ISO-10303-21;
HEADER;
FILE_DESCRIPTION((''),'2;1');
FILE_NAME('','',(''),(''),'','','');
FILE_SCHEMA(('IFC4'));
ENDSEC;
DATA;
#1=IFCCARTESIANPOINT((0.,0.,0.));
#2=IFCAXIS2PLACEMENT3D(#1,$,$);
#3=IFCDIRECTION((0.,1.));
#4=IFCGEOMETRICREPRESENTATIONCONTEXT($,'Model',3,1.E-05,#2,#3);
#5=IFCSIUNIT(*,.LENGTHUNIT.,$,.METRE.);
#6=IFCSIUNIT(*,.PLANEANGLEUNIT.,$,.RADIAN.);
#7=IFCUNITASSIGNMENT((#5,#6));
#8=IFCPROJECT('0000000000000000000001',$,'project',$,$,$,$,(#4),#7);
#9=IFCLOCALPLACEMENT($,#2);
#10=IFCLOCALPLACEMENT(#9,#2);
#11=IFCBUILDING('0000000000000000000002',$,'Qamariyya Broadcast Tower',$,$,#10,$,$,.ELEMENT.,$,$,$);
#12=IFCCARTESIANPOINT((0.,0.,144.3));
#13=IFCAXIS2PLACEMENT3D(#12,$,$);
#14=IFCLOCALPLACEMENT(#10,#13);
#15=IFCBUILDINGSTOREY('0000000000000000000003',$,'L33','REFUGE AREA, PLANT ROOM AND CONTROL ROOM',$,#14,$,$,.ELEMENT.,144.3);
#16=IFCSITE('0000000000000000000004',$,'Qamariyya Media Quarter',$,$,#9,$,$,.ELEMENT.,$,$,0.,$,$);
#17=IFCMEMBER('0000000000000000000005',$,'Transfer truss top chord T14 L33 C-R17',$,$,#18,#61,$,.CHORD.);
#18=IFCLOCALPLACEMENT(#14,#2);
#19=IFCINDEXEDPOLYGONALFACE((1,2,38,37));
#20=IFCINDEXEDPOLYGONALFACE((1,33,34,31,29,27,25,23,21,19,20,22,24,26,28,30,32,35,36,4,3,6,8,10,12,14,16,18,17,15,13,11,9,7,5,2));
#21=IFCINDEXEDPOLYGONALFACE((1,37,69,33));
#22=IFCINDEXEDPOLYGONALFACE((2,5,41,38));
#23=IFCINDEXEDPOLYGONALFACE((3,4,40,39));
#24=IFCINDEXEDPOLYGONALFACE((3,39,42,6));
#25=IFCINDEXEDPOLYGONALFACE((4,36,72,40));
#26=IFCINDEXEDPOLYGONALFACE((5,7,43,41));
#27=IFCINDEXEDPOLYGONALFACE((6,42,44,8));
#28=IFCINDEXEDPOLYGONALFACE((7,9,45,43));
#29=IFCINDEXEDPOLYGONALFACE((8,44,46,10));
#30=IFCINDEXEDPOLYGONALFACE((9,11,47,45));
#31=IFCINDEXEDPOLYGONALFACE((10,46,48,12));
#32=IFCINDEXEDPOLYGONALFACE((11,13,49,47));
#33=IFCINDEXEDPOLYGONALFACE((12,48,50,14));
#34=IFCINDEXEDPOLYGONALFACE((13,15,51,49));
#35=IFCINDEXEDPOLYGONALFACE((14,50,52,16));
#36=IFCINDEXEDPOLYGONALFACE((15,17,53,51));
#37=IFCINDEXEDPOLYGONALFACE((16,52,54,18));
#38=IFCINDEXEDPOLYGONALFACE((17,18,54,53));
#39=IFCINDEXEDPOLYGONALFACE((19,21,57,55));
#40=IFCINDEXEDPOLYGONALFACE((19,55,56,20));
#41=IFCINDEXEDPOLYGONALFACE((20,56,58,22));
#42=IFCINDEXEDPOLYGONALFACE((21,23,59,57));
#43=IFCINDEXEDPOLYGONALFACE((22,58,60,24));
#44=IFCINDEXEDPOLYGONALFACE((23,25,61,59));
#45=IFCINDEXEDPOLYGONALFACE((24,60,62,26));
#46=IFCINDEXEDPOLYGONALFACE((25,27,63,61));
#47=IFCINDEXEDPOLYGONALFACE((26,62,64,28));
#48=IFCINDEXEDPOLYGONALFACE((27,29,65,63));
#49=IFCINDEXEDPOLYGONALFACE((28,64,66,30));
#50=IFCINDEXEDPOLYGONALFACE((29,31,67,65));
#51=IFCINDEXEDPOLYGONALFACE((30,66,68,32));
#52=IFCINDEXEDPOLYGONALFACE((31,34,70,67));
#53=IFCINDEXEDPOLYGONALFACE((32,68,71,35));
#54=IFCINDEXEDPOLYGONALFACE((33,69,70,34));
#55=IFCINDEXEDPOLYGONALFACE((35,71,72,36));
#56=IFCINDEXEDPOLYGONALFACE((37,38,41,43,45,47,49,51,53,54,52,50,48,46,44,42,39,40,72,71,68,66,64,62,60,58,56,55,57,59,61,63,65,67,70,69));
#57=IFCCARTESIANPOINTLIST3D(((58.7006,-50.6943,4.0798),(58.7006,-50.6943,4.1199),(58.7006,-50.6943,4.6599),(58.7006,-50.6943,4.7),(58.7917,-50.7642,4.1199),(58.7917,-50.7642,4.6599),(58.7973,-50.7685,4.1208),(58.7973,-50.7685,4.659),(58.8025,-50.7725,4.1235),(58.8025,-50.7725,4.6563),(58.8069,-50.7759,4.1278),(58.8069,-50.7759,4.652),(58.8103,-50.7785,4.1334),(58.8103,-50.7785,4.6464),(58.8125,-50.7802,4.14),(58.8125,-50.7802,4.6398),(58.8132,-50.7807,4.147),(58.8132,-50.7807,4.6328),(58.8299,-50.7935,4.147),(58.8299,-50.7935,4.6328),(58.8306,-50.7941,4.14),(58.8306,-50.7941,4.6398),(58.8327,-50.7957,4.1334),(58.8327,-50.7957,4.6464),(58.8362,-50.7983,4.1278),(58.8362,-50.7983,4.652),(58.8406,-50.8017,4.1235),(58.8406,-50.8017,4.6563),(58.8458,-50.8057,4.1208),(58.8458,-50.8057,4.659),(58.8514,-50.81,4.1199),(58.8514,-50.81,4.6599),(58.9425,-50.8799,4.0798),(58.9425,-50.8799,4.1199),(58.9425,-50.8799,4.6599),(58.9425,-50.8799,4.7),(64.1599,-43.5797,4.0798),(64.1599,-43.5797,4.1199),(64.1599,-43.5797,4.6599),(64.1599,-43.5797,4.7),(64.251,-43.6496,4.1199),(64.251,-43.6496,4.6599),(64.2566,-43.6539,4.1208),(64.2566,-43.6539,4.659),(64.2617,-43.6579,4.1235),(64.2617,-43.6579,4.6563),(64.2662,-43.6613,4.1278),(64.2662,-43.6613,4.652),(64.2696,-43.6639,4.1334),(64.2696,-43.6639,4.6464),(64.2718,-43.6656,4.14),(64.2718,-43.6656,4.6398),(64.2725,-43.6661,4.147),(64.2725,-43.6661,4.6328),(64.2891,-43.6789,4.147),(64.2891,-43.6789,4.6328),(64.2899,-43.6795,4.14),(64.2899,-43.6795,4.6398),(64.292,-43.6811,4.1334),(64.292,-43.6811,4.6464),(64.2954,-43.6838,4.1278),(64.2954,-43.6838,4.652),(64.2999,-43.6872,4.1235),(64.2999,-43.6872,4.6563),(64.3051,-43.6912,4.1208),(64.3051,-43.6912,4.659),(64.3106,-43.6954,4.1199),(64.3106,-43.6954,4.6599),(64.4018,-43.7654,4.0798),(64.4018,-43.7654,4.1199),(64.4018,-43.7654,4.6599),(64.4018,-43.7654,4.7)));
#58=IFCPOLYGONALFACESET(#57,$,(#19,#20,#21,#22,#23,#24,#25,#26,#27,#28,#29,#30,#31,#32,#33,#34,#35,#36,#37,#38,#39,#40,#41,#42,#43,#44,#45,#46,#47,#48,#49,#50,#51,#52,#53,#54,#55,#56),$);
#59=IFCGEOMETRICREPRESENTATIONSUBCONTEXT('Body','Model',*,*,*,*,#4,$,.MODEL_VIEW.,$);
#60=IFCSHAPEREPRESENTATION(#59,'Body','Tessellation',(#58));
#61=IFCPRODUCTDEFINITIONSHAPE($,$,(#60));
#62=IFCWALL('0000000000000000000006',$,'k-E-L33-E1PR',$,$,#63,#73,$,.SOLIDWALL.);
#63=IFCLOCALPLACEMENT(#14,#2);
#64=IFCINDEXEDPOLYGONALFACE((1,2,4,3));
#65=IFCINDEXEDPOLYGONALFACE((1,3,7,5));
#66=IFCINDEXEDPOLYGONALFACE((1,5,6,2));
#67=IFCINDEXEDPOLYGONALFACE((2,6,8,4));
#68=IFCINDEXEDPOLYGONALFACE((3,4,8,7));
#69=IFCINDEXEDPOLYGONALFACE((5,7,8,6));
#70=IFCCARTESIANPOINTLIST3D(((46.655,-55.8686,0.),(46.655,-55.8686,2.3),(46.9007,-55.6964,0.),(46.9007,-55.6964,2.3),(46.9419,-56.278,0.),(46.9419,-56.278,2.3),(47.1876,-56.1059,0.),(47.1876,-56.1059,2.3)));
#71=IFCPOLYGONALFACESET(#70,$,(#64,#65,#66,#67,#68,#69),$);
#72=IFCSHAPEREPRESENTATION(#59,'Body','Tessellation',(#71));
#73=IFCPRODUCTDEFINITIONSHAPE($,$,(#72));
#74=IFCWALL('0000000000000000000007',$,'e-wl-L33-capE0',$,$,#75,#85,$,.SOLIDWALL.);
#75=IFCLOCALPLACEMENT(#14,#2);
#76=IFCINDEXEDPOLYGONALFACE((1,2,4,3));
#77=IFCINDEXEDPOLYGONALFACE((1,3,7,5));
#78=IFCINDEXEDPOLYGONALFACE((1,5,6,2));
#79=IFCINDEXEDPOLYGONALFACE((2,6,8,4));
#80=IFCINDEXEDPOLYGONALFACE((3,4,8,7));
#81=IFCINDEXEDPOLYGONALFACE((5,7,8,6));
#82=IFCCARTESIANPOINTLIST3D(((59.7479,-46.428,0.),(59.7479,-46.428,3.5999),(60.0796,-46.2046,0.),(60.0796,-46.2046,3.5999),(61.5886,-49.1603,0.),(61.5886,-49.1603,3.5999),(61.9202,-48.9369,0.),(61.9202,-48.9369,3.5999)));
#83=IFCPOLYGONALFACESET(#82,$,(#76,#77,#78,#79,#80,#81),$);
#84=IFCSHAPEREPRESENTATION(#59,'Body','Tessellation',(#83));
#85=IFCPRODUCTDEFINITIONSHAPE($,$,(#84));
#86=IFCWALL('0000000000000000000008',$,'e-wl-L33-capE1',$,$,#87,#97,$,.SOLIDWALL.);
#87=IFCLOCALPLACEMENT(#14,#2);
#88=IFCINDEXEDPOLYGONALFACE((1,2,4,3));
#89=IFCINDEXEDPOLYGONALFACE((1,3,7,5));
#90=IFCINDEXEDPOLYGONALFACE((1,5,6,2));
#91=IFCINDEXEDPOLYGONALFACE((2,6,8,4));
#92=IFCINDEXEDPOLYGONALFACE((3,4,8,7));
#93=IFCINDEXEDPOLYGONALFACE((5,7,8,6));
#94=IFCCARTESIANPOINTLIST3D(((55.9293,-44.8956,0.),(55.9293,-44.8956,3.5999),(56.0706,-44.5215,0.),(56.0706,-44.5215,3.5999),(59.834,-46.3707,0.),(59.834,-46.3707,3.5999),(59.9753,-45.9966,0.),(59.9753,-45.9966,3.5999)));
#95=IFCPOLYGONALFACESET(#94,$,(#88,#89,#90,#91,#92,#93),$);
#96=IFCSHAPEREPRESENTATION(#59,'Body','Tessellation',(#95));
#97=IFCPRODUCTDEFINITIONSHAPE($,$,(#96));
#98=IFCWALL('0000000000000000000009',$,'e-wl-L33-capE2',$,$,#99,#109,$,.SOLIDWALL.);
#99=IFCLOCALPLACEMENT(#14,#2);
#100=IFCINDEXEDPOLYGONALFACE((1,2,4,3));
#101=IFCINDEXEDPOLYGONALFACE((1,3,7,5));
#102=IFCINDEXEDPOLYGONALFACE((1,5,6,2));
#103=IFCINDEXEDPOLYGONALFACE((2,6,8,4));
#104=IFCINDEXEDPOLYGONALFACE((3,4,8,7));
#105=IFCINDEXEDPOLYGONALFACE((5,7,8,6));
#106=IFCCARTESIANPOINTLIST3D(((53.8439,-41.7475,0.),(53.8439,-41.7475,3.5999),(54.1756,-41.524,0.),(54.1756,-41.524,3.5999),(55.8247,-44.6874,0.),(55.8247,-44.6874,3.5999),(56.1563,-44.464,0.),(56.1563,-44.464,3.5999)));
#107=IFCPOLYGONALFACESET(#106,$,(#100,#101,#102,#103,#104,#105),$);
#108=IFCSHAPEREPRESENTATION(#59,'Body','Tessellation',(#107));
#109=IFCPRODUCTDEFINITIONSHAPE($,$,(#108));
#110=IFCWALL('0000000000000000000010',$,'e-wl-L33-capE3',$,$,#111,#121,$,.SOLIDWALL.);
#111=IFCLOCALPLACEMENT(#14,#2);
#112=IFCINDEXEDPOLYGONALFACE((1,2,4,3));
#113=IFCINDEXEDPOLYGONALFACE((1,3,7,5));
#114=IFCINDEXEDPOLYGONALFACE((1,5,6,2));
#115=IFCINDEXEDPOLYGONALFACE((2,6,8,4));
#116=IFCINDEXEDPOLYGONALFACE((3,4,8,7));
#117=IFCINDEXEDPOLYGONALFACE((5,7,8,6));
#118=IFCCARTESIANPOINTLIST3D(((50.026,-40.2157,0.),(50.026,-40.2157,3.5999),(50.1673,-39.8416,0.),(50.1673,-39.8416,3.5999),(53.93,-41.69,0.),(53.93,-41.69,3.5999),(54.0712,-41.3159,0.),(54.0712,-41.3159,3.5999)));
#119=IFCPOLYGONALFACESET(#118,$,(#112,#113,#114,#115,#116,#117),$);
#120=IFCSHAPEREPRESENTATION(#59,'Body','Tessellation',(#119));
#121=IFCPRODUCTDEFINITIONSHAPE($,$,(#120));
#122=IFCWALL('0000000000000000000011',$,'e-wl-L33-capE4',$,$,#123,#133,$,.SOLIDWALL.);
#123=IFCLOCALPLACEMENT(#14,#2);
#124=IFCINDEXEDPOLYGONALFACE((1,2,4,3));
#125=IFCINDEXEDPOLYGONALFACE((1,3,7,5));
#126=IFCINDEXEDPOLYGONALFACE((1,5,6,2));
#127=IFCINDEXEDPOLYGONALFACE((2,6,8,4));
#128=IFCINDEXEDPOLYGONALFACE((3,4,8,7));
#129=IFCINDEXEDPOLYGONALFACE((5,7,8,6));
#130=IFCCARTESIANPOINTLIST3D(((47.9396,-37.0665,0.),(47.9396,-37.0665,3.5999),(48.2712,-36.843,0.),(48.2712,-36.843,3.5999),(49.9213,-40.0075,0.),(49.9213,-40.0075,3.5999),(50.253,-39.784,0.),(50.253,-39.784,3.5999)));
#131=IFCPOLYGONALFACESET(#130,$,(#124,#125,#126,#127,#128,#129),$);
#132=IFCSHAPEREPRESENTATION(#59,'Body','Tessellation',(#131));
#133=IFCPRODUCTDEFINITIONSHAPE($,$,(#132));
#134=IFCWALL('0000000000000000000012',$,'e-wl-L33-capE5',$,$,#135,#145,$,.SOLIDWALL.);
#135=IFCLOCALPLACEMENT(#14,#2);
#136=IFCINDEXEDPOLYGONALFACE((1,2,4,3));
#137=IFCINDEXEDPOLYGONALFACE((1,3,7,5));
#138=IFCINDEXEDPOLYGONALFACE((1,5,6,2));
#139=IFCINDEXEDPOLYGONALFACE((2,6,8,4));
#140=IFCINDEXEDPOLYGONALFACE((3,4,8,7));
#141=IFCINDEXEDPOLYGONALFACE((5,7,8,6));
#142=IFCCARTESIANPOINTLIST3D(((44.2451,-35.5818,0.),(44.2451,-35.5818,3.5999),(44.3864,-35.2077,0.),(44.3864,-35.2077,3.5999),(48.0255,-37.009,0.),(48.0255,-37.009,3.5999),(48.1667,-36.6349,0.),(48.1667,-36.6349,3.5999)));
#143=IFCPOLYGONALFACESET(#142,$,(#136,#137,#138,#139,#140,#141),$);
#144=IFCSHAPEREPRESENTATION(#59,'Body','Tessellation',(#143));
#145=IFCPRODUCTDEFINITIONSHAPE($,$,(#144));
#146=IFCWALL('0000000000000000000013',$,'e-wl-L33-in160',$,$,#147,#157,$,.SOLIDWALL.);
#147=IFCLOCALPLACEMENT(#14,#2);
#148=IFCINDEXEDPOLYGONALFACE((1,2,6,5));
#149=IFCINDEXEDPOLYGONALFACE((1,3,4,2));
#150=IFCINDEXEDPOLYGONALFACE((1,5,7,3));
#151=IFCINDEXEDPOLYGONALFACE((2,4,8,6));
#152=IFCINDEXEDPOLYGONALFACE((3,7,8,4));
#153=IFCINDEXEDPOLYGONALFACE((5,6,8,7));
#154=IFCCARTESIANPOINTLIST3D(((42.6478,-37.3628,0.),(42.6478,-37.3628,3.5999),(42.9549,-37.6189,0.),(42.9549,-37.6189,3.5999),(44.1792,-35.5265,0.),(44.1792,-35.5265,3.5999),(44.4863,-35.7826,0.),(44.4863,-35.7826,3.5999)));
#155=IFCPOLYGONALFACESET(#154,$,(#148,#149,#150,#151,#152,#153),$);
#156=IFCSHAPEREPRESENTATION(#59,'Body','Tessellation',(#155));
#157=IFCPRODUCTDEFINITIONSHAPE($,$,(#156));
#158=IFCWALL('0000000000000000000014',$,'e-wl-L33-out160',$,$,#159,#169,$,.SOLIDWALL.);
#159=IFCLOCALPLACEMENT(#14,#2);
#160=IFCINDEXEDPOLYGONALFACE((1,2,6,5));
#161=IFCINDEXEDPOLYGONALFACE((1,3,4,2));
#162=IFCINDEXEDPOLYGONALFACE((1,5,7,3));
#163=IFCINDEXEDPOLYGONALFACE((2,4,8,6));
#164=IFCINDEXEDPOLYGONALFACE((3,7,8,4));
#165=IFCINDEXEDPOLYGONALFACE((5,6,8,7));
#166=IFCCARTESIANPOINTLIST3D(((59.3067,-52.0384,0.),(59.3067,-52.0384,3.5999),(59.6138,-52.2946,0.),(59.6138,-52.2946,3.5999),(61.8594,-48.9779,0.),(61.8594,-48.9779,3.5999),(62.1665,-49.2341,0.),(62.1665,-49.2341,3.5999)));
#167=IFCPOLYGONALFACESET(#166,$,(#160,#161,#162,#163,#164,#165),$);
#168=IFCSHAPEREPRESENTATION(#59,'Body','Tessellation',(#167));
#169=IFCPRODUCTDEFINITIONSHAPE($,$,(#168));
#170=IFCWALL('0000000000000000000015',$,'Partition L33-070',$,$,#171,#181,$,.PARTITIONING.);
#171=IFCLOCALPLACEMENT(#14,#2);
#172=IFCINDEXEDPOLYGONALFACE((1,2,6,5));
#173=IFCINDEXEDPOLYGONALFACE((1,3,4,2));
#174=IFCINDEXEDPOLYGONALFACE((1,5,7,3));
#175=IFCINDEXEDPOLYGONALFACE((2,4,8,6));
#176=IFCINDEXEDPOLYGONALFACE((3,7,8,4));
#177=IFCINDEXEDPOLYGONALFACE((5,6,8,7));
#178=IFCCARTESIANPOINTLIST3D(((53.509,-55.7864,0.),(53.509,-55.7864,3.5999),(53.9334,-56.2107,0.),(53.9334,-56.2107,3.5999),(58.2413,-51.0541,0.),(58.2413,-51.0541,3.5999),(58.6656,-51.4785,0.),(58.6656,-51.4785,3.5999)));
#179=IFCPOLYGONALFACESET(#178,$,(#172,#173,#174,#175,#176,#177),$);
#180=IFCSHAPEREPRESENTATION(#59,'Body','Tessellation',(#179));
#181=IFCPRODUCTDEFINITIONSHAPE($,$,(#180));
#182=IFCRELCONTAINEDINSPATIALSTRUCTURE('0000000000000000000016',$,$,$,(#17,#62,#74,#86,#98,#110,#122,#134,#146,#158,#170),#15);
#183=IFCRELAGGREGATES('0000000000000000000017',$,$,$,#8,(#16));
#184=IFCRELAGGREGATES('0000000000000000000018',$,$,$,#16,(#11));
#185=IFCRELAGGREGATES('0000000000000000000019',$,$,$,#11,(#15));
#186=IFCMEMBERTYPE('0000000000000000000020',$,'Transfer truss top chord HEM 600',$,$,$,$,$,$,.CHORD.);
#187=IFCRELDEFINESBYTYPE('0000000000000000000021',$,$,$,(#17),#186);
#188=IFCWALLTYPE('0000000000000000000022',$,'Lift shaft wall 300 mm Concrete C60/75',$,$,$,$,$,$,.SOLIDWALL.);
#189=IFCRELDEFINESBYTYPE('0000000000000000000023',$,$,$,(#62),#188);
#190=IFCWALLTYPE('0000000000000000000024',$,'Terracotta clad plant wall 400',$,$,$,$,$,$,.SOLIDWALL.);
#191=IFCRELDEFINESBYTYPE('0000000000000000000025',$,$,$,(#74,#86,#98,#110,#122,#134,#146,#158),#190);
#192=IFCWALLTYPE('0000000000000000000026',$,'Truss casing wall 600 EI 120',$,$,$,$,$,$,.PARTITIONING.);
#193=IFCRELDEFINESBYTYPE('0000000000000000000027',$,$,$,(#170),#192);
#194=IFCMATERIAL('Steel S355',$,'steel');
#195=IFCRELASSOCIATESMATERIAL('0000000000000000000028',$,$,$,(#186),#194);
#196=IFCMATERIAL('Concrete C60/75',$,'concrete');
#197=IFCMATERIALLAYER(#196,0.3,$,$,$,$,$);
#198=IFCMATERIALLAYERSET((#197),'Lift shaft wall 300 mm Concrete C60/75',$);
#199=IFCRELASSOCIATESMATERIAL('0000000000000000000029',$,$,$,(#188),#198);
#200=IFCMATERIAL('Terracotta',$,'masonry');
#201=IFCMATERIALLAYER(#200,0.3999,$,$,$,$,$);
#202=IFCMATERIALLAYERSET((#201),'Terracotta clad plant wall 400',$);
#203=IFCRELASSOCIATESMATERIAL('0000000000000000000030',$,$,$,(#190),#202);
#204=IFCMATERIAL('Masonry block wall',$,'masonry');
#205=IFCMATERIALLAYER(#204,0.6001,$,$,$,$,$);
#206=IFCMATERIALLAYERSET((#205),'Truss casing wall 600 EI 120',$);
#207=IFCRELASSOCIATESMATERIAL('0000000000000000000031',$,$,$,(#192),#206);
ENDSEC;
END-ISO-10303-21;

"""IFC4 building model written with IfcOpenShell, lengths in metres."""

from ifc_helpers import new_model, si_unit, direction, frame, frame_2d, origin, origin_2d, place, context, subcontext, project, spatial, rectangle, i_section, extrude, material, layer, layer_set, material_profile, profile_set, type_object, element, save


model = new_model("IFC4")

# Units and contexts
model_context = context("Model", 3, precision=1e-05, world=origin(), true_north=direction((0.0, 1.0)))
body_context = subcontext(model_context, "Body", "Model", "MODEL_VIEW")
ifc_project = project(units=[si_unit("LENGTHUNIT", "METRE"), si_unit("PLANEANGLEUNIT", "RADIAN")], contexts=[model_context])

# Site, building, storey
site_placement = place(None, origin())
site = spatial("IfcSite", under=ifc_project, at=site_placement, Name="Qamariyya Media Quarter", CompositionType="ELEMENT", RefElevation=0.0)
building_placement = place(site_placement, origin())
building = spatial("IfcBuilding", under=site, at=building_placement, Name="Qamariyya Broadcast Tower", CompositionType="ELEMENT")
storey_placement = place(building_placement, frame((0.0, 0.0, 144.3)))
storey = spatial("IfcBuildingStorey", under=building, at=storey_placement, Name="L33", Description="REFUGE AREA, PLANT ROOM AND CONTROL ROOM", CompositionType="ELEMENT", Elevation=144.3)

# Member
ifc_material_1 = material(Name="Steel S355", Category="steel")
ifc_material_profile_1 = material_profile(ifc_material_1, i_section(OverallWidth=0.3049, OverallDepth=0.6201, WebThickness=0.021, FlangeThickness=0.04, FilletRadius=0.0271, at=origin_2d()))
ifc_profile_set_1 = profile_set([ifc_material_profile_1], Name="Steel S355")
member_type_1 = type_object("IfcMemberType", Name="Transfer truss top chord HEM 600", PredefinedType="CHORD", material=ifc_profile_set_1)
member_1_placement = place(storey_placement, frame((58.8215, -50.7871, 4.3899), z_axis=(0.608767, 0.793349, 0.0), x_axis=(-0.793349, 0.608767, 0.0)))
element("IfcMember", 1, at=member_1_placement, inside=storey, type_object=member_type_1, Name="Transfer truss top chord T14 L33 C-R17", PredefinedType="CHORD", context=body_context, shape_type="SweptSolid", body=[
    extrude(i_section(OverallWidth=0.3049, OverallDepth=0.6201, WebThickness=0.021, FlangeThickness=0.04, FilletRadius=0.0271, at=origin_2d()), origin(), (0.0, 0.0, 1.0), 8.9678),
])

# Walls
ifc_material_2 = material(Name="Concrete C60/75", Category="concrete")
ifc_layer_1 = layer(ifc_material_2, 0.3)
ifc_layer_set_1 = layer_set([ifc_layer_1], Name="Lift shaft wall 300 mm Concrete C60/75")
wall_type_1 = type_object("IfcWallType", Name="Lift shaft wall 300 mm Concrete C60/75", PredefinedType="SOLIDWALL", material=ifc_layer_set_1)
wall_1_placement = place(storey_placement, frame((46.7778, -55.7825, 0.0), z_axis=(0.0, 0.0, 1.0), x_axis=(0.573823, -0.818979, 0.0)))
element("IfcWall", 2, at=wall_1_placement, inside=storey, type_object=wall_type_1, Name="k-E-L33-E1PR", PredefinedType="SOLIDWALL", context=body_context, shape_type="SweptSolid", body=[
    extrude(rectangle(XDim=0.5, YDim=0.3, at=frame_2d((0.25, 0.0))), origin(), (0.0, 0.0, 1.0), 2.3),
])
ifc_material_3 = material(Name="Terracotta", Category="masonry")
ifc_layer_2 = layer(ifc_material_3, 0.3999)
ifc_layer_set_2 = layer_set([ifc_layer_2], Name="Terracotta clad plant wall 400")
wall_type_2 = type_object("IfcWallType", Name="Terracotta clad plant wall 400", PredefinedType="SOLIDWALL", material=ifc_layer_set_2)
wall_2_placement = place(storey_placement, frame((61.7544, -49.0486, 0.0), z_axis=(0.0, 0.0, 1.0), x_axis=(-0.558713, 0.829361, 0.0)))
element("IfcWall", 3, at=wall_2_placement, inside=storey, type_object=wall_type_2, Name="e-wl-L33-capE0", PredefinedType="SOLIDWALL", context=body_context, shape_type="SweptSolid", body=[
    extrude(rectangle(XDim=3.2944, YDim=0.3999, at=frame_2d((1.6472, 0.0))), origin(), (0.0, 0.0, 1.0), 3.5999),
])
wall_3_placement = place(storey_placement, frame((59.9045, -46.1836, 0.0), z_axis=(0.0, 0.0, 1.0), x_axis=(-0.935476, 0.353391, 0.0)))
element("IfcWall", 4, at=wall_3_placement, inside=storey, type_object=wall_type_2, Name="e-wl-L33-capE1", PredefinedType="SOLIDWALL", context=body_context, shape_type="SweptSolid", body=[
    extrude(rectangle(XDim=4.1741, YDim=0.3999, at=frame_2d((2.0869, 0.0))), origin(), (0.0, 0.0, 1.0), 3.5999),
])
wall_4_placement = place(storey_placement, frame((55.9905, -44.5757, 0.0), z_axis=(0.0, 0.0, 1.0), x_axis=(-0.558746, 0.829339, 0.0)))
element("IfcWall", 5, at=wall_4_placement, inside=storey, type_object=wall_type_2, Name="e-wl-L33-capE2", PredefinedType="SOLIDWALL", context=body_context, shape_type="SweptSolid", body=[
    extrude(rectangle(XDim=3.5449, YDim=0.3999, at=frame_2d((1.7725, 0.0))), origin(), (0.0, 0.0, 1.0), 3.5999),
])
wall_5_placement = place(storey_placement, frame((54.0005, -41.5029, 0.0), z_axis=(0.0, 0.0, 1.0), x_axis=(-0.935512, 0.353296, 0.0)))
element("IfcWall", 6, at=wall_5_placement, inside=storey, type_object=wall_type_2, Name="e-wl-L33-capE3", PredefinedType="SOLIDWALL", context=body_context, shape_type="SweptSolid", body=[
    extrude(rectangle(XDim=4.1731, YDim=0.3999, at=frame_2d((2.0864, 0.0))), origin(), (0.0, 0.0, 1.0), 3.5999),
])
wall_6_placement = place(storey_placement, frame((50.0872, -39.8958, 0.0), z_axis=(0.0, 0.0, 1.0), x_axis=(-0.558808, 0.829297, 0.0)))
element("IfcWall", 7, at=wall_6_placement, inside=storey, type_object=wall_type_2, Name="e-wl-L33-capE4", PredefinedType="SOLIDWALL", context=body_context, shape_type="SweptSolid", body=[
    extrude(rectangle(XDim=3.5464, YDim=0.3999, at=frame_2d((1.7732, 0.0))), origin(), (0.0, 0.0, 1.0), 3.5999),
])
wall_7_placement = place(storey_placement, frame((48.0962, -36.822, 0.0), z_axis=(0.0, 0.0, 1.0), x_axis=(-0.935542, 0.353215, 0.0)))
element("IfcWall", 8, at=wall_7_placement, inside=storey, type_object=wall_type_2, Name="e-wl-L33-capE5", PredefinedType="SOLIDWALL", context=body_context, shape_type="SweptSolid", body=[
    extrude(rectangle(XDim=4.0408, YDim=0.3999, at=frame_2d((2.0205, 0.0))), origin(), (0.0, 0.0, 1.0), 3.5999),
])
wall_8_placement = place(storey_placement, frame((44.3328, -35.6545, 0.0), z_axis=(0.0, 0.0, 1.0), x_axis=(-0.640466, -0.767987, 0.0)))
element("IfcWall", 9, at=wall_8_placement, inside=storey, type_object=wall_type_2, Name="e-wl-L33-in160", PredefinedType="SOLIDWALL", context=body_context, shape_type="SweptSolid", body=[
    extrude(rectangle(XDim=2.3911, YDim=0.3999, at=frame_2d((1.1956, 0.0))), origin(), (0.0, 0.0, 1.0), 3.5999),
])
wall_9_placement = place(storey_placement, frame((59.4602, -52.1665, 0.0), z_axis=(0.0, 0.0, 1.0), x_axis=(0.640522, 0.76794, 0.0)))
element("IfcWall", 10, at=wall_9_placement, inside=storey, type_object=wall_type_2, Name="e-wl-L33-out160", PredefinedType="SOLIDWALL", context=body_context, shape_type="SweptSolid", body=[
    extrude(rectangle(XDim=3.9854, YDim=0.3999, at=frame_2d((1.9927, 0.0))), origin(), (0.0, 0.0, 1.0), 3.5999),
])
ifc_material_4 = material(Name="Masonry block wall", Category="masonry")
ifc_layer_3 = layer(ifc_material_4, 0.6001)
ifc_layer_set_3 = layer_set([ifc_layer_3], Name="Truss casing wall 600 EI 120")
wall_type_3 = type_object("IfcWallType", Name="Truss casing wall 600 EI 120", PredefinedType="PARTITIONING", material=ifc_layer_set_3)
wall_10_placement = place(storey_placement, frame((53.7212, -55.9985, 0.0), z_axis=(0.0, 0.0, 1.0), x_axis=(0.707107, 0.707107, 0.0)))
element("IfcWall", 11, at=wall_10_placement, inside=storey, type_object=wall_type_3, Name="Partition L33-070", PredefinedType="PARTITIONING", context=body_context, shape_type="SweptSolid", body=[
    extrude(rectangle(XDim=6.6924, YDim=0.6001, at=frame_2d((3.3462, 0.0))), origin(), (0.0, 0.0, 1.0), 3.5999),
])

save(model, "model.ifc")
